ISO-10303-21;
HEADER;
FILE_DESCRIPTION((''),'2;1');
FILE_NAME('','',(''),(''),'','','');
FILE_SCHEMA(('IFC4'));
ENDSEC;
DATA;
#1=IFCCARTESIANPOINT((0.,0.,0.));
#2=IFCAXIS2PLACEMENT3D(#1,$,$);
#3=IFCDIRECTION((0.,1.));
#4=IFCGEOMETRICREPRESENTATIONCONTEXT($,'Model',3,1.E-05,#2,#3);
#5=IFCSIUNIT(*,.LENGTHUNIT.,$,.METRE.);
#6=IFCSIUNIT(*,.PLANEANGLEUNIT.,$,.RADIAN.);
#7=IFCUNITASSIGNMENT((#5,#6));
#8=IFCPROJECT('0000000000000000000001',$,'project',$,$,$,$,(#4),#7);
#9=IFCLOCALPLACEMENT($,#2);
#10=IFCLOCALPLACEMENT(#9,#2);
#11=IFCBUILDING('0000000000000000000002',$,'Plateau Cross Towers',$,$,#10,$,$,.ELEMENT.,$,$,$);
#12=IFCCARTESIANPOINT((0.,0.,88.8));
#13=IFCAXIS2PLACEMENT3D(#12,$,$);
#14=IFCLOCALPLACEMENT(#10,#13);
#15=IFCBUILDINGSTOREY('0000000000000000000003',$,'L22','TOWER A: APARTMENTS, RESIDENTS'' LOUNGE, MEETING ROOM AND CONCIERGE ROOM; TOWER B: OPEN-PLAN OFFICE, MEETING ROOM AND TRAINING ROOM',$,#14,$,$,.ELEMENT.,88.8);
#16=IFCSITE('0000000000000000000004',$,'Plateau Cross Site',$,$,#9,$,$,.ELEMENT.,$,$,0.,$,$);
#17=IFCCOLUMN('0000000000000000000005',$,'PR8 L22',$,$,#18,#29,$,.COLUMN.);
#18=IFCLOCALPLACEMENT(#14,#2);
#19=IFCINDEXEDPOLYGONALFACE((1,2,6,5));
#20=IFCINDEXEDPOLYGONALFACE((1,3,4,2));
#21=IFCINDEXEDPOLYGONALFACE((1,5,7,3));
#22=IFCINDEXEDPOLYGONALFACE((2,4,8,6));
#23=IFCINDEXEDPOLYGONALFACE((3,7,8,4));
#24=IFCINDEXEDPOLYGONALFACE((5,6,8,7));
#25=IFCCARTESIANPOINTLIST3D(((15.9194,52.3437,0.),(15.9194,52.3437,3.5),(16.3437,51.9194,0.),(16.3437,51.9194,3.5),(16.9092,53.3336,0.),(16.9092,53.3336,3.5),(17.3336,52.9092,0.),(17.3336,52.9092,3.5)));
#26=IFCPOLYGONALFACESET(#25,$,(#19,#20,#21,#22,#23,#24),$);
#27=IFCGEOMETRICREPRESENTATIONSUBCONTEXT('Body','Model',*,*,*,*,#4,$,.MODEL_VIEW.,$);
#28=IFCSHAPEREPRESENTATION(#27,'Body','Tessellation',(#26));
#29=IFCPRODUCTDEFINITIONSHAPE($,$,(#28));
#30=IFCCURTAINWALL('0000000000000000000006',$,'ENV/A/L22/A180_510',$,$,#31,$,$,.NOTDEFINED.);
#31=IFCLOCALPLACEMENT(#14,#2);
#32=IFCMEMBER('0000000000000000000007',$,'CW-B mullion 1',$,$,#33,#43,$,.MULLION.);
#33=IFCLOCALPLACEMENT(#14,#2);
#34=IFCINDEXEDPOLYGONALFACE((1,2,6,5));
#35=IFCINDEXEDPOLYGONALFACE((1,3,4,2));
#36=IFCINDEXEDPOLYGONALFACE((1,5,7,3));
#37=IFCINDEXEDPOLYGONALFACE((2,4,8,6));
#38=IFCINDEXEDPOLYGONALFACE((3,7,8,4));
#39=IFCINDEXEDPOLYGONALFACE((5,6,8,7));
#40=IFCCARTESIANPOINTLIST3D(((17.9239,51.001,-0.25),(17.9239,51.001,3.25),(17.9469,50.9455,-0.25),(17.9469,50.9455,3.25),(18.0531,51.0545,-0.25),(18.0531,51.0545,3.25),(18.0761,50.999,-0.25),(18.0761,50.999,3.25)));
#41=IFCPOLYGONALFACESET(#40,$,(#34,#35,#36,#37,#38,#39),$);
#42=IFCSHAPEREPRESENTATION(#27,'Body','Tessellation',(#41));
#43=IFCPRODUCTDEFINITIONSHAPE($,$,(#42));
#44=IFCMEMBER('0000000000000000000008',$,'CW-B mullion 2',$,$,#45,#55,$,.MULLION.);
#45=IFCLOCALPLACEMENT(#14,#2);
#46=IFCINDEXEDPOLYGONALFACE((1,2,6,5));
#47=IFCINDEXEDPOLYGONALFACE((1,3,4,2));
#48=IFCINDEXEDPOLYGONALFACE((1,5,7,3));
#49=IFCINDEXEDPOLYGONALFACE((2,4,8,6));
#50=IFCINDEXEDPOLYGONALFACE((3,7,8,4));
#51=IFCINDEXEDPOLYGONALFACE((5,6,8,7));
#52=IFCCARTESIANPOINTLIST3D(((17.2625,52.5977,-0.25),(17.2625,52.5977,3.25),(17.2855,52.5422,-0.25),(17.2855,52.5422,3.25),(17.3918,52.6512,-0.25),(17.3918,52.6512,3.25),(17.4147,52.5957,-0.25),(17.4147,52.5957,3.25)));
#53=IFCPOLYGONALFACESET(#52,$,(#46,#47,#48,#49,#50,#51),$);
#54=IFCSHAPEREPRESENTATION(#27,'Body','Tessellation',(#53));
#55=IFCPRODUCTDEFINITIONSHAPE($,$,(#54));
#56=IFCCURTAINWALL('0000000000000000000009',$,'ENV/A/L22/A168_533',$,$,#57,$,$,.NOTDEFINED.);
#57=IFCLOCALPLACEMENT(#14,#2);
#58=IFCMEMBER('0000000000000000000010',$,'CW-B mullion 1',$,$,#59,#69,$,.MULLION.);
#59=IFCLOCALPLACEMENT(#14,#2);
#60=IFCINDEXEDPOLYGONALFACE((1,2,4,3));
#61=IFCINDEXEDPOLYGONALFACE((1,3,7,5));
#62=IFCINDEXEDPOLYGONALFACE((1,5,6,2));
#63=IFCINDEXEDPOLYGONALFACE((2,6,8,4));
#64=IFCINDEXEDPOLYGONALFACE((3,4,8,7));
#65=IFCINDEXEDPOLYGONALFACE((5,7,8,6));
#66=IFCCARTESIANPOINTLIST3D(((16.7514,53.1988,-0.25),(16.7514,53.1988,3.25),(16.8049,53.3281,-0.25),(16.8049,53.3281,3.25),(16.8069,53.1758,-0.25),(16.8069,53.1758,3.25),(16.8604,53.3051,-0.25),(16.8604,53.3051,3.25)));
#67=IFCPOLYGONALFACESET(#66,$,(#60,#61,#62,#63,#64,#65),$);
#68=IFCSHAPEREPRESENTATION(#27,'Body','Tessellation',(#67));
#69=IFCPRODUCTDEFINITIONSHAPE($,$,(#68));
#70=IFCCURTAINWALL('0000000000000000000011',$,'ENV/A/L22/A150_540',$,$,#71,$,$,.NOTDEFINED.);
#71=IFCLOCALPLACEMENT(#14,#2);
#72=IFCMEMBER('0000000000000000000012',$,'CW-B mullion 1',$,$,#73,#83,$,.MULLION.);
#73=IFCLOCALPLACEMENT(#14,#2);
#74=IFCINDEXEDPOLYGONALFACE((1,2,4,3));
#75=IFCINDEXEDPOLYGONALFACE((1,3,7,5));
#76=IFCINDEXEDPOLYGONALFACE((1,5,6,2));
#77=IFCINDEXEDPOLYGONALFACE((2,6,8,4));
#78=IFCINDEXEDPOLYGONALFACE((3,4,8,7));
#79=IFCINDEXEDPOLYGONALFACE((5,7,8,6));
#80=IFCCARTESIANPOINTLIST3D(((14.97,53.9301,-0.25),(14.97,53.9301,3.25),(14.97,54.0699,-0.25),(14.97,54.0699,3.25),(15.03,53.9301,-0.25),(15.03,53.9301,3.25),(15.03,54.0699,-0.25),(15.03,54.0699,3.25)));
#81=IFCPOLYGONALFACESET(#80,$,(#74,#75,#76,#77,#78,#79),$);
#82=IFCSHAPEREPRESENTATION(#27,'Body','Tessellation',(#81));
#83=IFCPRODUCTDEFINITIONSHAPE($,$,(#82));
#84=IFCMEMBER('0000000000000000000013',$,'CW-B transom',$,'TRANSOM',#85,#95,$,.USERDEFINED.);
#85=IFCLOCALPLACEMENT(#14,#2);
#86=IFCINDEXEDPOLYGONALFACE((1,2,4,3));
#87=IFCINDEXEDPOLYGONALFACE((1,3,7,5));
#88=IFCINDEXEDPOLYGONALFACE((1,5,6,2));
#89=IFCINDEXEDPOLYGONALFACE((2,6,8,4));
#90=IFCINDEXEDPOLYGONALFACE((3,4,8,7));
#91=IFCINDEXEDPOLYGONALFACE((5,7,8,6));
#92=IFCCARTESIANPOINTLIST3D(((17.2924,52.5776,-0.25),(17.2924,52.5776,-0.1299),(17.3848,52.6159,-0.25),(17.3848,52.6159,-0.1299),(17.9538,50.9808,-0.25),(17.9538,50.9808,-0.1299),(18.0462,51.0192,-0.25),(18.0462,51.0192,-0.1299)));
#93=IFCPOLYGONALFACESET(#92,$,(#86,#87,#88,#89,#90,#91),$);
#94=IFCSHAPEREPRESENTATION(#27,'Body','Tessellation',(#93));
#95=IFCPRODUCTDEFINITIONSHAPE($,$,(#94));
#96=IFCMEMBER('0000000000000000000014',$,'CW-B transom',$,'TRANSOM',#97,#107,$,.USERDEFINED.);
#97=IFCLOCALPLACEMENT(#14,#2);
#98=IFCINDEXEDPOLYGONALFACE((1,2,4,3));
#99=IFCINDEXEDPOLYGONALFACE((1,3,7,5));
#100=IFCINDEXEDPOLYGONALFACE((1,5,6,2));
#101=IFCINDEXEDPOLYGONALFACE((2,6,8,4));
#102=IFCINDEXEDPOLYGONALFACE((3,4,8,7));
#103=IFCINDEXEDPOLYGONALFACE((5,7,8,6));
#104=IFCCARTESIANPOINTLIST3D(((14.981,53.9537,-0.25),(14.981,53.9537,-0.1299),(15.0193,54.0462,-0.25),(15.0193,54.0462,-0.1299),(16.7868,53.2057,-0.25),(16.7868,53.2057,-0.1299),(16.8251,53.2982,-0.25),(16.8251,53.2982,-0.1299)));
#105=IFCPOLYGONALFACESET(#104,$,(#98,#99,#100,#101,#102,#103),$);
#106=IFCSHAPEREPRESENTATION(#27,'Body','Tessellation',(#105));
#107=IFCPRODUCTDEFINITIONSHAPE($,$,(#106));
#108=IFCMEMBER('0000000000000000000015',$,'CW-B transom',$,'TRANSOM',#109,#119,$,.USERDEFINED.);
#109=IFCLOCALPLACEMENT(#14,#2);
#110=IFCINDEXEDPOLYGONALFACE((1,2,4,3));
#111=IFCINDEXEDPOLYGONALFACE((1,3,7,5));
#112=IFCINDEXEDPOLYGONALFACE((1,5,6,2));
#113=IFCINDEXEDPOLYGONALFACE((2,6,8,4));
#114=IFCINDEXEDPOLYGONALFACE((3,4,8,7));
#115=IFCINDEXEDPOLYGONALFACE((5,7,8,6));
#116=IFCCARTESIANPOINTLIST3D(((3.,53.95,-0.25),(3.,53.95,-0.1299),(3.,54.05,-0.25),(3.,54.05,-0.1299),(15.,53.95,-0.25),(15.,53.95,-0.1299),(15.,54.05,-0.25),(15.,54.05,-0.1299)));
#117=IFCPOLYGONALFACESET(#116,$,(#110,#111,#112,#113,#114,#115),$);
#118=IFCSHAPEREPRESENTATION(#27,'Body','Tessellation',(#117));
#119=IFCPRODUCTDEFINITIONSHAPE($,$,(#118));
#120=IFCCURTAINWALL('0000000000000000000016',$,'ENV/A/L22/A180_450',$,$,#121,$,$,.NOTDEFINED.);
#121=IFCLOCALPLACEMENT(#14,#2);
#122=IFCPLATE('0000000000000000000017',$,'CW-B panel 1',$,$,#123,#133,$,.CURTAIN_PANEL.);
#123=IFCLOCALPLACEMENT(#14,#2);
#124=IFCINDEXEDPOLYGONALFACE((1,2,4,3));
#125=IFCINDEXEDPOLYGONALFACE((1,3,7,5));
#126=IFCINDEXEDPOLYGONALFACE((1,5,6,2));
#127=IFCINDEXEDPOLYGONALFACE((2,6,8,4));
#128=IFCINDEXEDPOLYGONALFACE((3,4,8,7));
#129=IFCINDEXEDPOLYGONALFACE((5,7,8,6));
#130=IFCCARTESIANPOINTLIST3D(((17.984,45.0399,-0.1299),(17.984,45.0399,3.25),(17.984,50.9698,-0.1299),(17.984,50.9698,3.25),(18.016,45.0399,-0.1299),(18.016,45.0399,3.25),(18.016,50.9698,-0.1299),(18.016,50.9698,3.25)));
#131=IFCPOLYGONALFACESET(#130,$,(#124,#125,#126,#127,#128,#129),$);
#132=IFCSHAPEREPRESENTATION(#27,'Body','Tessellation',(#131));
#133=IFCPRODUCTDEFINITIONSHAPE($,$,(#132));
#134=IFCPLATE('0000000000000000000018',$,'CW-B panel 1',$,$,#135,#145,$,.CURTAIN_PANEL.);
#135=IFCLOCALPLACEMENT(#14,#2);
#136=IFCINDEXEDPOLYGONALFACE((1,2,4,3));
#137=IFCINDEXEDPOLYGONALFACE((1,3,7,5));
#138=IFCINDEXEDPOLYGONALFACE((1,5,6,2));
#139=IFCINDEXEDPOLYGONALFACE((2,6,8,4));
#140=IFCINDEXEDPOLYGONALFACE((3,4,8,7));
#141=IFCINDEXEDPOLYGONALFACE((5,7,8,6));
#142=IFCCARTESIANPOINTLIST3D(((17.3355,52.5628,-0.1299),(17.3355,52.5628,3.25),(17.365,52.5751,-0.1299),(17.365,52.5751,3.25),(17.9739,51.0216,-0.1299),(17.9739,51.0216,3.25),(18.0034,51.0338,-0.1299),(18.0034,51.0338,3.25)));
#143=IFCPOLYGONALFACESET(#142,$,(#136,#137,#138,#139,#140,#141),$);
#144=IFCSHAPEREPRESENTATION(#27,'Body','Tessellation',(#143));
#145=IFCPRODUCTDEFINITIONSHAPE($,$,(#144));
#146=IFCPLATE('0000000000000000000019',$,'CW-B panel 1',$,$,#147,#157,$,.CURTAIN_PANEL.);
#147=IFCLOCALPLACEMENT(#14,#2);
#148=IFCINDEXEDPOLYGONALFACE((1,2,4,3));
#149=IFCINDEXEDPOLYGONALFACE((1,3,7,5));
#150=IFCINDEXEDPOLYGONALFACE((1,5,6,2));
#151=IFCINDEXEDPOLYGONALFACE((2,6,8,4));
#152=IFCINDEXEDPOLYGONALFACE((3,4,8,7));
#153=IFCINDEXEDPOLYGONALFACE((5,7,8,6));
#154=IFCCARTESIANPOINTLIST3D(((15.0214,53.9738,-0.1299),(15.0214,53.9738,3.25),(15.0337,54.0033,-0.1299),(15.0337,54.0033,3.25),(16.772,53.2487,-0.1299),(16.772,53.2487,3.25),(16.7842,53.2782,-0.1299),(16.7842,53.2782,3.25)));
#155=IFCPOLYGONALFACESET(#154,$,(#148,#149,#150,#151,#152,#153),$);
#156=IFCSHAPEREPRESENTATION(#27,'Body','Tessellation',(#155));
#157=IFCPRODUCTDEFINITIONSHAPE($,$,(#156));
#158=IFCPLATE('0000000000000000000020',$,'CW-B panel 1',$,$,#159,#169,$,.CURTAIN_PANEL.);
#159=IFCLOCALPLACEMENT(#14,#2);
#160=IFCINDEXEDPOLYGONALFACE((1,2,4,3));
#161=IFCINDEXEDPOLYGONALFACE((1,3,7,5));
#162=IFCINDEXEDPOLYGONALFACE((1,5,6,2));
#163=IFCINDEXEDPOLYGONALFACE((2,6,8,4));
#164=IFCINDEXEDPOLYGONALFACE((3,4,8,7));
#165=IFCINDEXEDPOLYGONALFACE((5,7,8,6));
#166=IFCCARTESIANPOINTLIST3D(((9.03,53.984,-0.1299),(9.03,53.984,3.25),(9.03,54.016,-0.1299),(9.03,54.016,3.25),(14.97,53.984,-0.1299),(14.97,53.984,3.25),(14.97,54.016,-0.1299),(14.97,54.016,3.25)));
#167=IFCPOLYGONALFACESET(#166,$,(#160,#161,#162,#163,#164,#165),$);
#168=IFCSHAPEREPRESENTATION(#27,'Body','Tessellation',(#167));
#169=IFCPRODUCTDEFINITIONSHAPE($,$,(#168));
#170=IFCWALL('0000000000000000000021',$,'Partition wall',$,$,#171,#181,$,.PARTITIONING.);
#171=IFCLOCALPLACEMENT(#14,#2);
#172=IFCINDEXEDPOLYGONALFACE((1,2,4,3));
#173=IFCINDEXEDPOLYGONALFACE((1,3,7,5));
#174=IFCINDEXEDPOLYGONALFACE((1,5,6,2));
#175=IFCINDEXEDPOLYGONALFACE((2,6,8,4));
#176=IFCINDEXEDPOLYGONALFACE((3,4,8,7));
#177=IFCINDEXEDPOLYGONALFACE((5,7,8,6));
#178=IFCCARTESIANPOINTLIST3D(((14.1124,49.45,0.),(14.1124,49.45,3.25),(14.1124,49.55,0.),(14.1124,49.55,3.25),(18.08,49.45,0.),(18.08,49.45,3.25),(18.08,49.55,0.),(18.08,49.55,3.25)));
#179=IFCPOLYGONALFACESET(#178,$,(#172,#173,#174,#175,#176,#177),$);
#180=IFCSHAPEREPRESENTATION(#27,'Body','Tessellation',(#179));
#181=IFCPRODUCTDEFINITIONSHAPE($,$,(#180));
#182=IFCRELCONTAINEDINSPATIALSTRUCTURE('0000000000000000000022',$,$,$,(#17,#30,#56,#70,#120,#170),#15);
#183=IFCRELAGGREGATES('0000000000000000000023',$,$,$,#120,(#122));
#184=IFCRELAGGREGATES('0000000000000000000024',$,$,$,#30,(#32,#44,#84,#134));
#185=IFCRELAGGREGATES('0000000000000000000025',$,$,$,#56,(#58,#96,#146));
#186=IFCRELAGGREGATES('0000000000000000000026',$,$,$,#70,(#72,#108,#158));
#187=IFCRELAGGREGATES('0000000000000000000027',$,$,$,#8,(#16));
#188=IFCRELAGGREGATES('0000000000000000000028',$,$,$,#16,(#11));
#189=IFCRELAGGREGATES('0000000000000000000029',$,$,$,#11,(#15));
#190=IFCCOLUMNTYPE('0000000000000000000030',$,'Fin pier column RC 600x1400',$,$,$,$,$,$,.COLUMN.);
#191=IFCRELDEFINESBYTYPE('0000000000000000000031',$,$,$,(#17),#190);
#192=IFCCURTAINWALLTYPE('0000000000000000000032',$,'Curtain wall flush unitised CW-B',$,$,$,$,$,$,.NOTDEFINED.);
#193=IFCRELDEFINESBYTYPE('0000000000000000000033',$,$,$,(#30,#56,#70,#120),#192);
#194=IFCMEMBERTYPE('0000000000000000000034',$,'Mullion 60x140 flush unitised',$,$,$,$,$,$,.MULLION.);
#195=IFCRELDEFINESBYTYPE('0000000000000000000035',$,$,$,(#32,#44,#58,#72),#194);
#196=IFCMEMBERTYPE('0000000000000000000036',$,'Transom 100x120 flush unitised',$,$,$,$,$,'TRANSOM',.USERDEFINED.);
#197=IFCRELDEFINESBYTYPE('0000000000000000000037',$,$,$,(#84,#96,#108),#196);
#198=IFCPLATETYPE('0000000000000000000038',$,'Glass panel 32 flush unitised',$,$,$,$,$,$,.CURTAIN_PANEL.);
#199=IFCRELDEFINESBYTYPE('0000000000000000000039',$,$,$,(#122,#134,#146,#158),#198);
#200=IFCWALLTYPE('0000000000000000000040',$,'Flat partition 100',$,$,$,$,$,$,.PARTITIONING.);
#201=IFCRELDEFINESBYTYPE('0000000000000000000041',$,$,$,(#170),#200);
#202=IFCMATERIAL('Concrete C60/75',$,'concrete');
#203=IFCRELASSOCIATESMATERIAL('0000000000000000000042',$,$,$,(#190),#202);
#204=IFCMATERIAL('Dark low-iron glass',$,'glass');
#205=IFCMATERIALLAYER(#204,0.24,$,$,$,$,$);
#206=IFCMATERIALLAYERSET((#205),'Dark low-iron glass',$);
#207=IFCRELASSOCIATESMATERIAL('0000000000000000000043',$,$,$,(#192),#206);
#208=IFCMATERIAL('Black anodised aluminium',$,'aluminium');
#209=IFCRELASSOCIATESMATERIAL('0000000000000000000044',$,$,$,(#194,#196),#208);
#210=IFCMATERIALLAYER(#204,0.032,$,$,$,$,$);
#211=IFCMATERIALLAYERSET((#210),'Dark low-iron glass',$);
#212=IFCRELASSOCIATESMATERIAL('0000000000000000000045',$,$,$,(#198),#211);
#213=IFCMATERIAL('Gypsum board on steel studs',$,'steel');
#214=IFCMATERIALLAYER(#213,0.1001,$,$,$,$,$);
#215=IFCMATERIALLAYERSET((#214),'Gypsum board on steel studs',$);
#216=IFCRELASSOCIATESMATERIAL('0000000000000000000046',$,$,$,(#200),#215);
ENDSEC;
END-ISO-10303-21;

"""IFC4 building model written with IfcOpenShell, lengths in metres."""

from ifc_helpers import new_model, si_unit, direction, frame, frame_2d, origin, origin_2d, place, context, subcontext, project, spatial, rectangle, extrude, material, layer, layer_set, material_profile, profile_set, type_object, element, aggregate, save


model = new_model("IFC4")

# Units and contexts
model_context = context("Model", 3, precision=1e-05, world=origin(), true_north=direction((0.0, 1.0)))
body_context = subcontext(model_context, "Body", "Model", "MODEL_VIEW")
ifc_project = project(units=[si_unit("LENGTHUNIT", "METRE"), si_unit("PLANEANGLEUNIT", "RADIAN")], contexts=[model_context])

# Site, building, storey
site_placement = place(None, origin())
site = spatial("IfcSite", under=ifc_project, at=site_placement, Name="Plateau Cross Site", CompositionType="ELEMENT", RefElevation=0.0)
building_placement = place(site_placement, origin())
building = spatial("IfcBuilding", under=site, at=building_placement, Name="Plateau Cross Towers", CompositionType="ELEMENT")
storey_placement = place(building_placement, frame((0.0, 0.0, 88.8)))
storey = spatial("IfcBuildingStorey", under=building, at=storey_placement, Name="L22", Description="TOWER A: APARTMENTS, RESIDENTS' LOUNGE, MEETING ROOM AND CONCIERGE ROOM; TOWER B: OPEN-PLAN OFFICE, MEETING ROOM AND TRAINING ROOM", CompositionType="ELEMENT", Elevation=88.8)

# Column
ifc_material_1 = material(Name="Concrete C60/75", Category="concrete")
ifc_material_profile_1 = material_profile(ifc_material_1, rectangle(XDim=0.6001, YDim=1.3999, at=origin_2d()), Name="RC 600x1400")
ifc_profile_set_1 = profile_set([ifc_material_profile_1], Name="Concrete C60/75")
column_type = type_object("IfcColumnType", Name="Fin pier column RC 600x1400", PredefinedType="COLUMN", material=ifc_profile_set_1)
column_placement = place(storey_placement, frame((16.6265, 52.6265, 0.0), z_axis=(0.0, 0.0, 1.0), x_axis=(-0.707107, 0.707107, 0.0)))
element("IfcColumn", 1, at=column_placement, inside=storey, type_object=column_type, Name="PR8 L22", PredefinedType="COLUMN", context=body_context, shape_type="SweptSolid", body=[
    extrude(rectangle(XDim=0.6001, YDim=1.3999, at=origin_2d()), origin(), (0.0, 0.0, 1.0), 3.5),
])

# Curtain wall, members
ifc_material_2 = material(Name="Dark low-iron glass", Category="glass")
ifc_layer_1 = layer(ifc_material_2, 0.24)
ifc_layer_set_1 = layer_set([ifc_layer_1], Name="Dark low-iron glass")
curtain_wall_type = type_object("IfcCurtainWallType", Name="Curtain wall flush unitised CW-B", PredefinedType="NOTDEFINED", material=ifc_layer_set_1)
curtain_wall_1_placement = place(storey_placement, origin())
curtain_wall_1 = element("IfcCurtainWall", 2, at=curtain_wall_1_placement, inside=storey, type_object=curtain_wall_type, Name="ENV/A/L22/A180_510", PredefinedType="NOTDEFINED")
ifc_material_3 = material(Name="Black anodised aluminium", Category="aluminium")
ifc_material_profile_2 = material_profile(ifc_material_3, rectangle(XDim=0.0601, YDim=0.1399, at=origin_2d()), Name="MULLION 60x140")
ifc_profile_set_2 = profile_set([ifc_material_profile_2], Name="Black anodised aluminium")
member_type_1 = type_object("IfcMemberType", Name="Mullion 60x140 flush unitised", PredefinedType="MULLION", material=ifc_profile_set_2)
member_1_placement = place(storey_placement, frame((18.0, 51.0, -0.25), z_axis=(0.0, 0.0, 1.0), x_axis=(-0.382684, 0.923879, 0.0)))
member_1 = element("IfcMember", 3, at=member_1_placement, type_object=member_type_1, Name="CW-B mullion 1", PredefinedType="MULLION", context=body_context, shape_type="SweptSolid", body=[
    extrude(rectangle(XDim=0.0601, YDim=0.1399, at=origin_2d()), origin(), (0.0, 0.0, 1.0), 3.5),
])
member_2_placement = place(storey_placement, frame((17.3386, 52.5967, -0.25), z_axis=(0.0, 0.0, 1.0), x_axis=(-0.382684, 0.923879, 0.0)))
member_2 = element("IfcMember", 4, at=member_2_placement, type_object=member_type_1, Name="CW-B mullion 2", PredefinedType="MULLION", context=body_context, shape_type="SweptSolid", body=[
    extrude(rectangle(XDim=0.0601, YDim=0.1399, at=origin_2d()), origin(), (0.0, 0.0, 1.0), 3.5),
])

# Curtain walls, members
curtain_wall_2_placement = place(storey_placement, origin())
curtain_wall_2 = element("IfcCurtainWall", 5, at=curtain_wall_2_placement, inside=storey, type_object=curtain_wall_type, Name="ENV/A/L22/A168_533", PredefinedType="NOTDEFINED")
member_3_placement = place(storey_placement, frame((16.8059, 53.252, -0.25), z_axis=(0.0, 0.0, 1.0), x_axis=(-0.923879, 0.382684, 0.0)))
member_3 = element("IfcMember", 6, at=member_3_placement, type_object=member_type_1, Name="CW-B mullion 1", PredefinedType="MULLION", context=body_context, shape_type="SweptSolid", body=[
    extrude(rectangle(XDim=0.0601, YDim=0.1399, at=origin_2d()), origin(), (0.0, 0.0, 1.0), 3.5),
])
curtain_wall_3_placement = place(storey_placement, origin())
curtain_wall_3 = element("IfcCurtainWall", 7, at=curtain_wall_3_placement, inside=storey, type_object=curtain_wall_type, Name="ENV/A/L22/A150_540", PredefinedType="NOTDEFINED")
member_4_placement = place(storey_placement, frame((15.0, 54.0, -0.25), z_axis=(0.0, 0.0, 1.0), x_axis=(-1.0, 0.0, 0.0)))
member_4 = element("IfcMember", 8, at=member_4_placement, type_object=member_type_1, Name="CW-B mullion 1", PredefinedType="MULLION", context=body_context, shape_type="SweptSolid", body=[
    extrude(rectangle(XDim=0.0601, YDim=0.1399, at=origin_2d()), origin(), (0.0, 0.0, 1.0), 3.5),
])

# Members
ifc_material_profile_3 = material_profile(ifc_material_3, rectangle(XDim=0.1001, YDim=0.1201, at=origin_2d()), Name="TRANSOM 100x120")
ifc_profile_set_3 = profile_set([ifc_material_profile_3], Name="Black anodised aluminium")
member_type_2 = type_object("IfcMemberType", Name="Transom 100x120 flush unitised", ElementType="TRANSOM", PredefinedType="USERDEFINED", material=ifc_profile_set_3)
member_5_placement = place(storey_placement, frame((18.0, 51.0, -0.1899), z_axis=(-0.382689, 0.923877, 0.0), x_axis=(-0.923877, -0.382689, 0.0)))
member_5 = element("IfcMember", 9, at=member_5_placement, type_object=member_type_2, Name="CW-B transom", ObjectType="TRANSOM", PredefinedType="USERDEFINED", context=body_context, shape_type="SweptSolid", body=[
    extrude(rectangle(XDim=0.1001, YDim=0.1201, at=origin_2d()), origin(), (0.0, 0.0, 1.0), 1.7283),
])
member_6_placement = place(storey_placement, frame((16.8059, 53.252, -0.1899), z_axis=(-0.923877, 0.38269, 0.0), x_axis=(-0.38269, -0.923877, 0.0)))
member_6 = element("IfcMember", 10, at=member_6_placement, type_object=member_type_2, Name="CW-B transom", ObjectType="TRANSOM", PredefinedType="USERDEFINED", context=body_context, shape_type="SweptSolid", body=[
    extrude(rectangle(XDim=0.1001, YDim=0.1201, at=origin_2d()), origin(), (0.0, 0.0, 1.0), 1.9546),
])
member_7_placement = place(storey_placement, frame((15.0, 54.0, -0.1899), z_axis=(-1.0, 0.0, 0.0), x_axis=(0.0, -1.0, 0.0)))
member_7 = element("IfcMember", 11, at=member_7_placement, type_object=member_type_2, Name="CW-B transom", ObjectType="TRANSOM", PredefinedType="USERDEFINED", context=body_context, shape_type="SweptSolid", body=[
    extrude(rectangle(XDim=0.1001, YDim=0.1201, at=origin_2d()), origin(), (0.0, 0.0, 1.0), 12.0),
])

# Curtain wall, plate
curtain_wall_4_placement = place(storey_placement, origin())
curtain_wall_4 = element("IfcCurtainWall", 12, at=curtain_wall_4_placement, inside=storey, type_object=curtain_wall_type, Name="ENV/A/L22/A180_450", PredefinedType="NOTDEFINED")
ifc_layer_2 = layer(ifc_material_2, 0.032)
ifc_layer_set_2 = layer_set([ifc_layer_2], Name="Dark low-iron glass")
plate_type = type_object("IfcPlateType", Name="Glass panel 32 flush unitised", PredefinedType="CURTAIN_PANEL", material=ifc_layer_set_2)
plate_1_placement = place(storey_placement, frame((18.0, 48.0049, -0.1299), z_axis=(0.0, 0.0, 1.0), x_axis=(0.0, 1.0, 0.0)))
plate_1 = element("IfcPlate", 13, at=plate_1_placement, type_object=plate_type, Name="CW-B panel 1", PredefinedType="CURTAIN_PANEL", context=body_context, shape_type="SweptSolid", body=[
    extrude(rectangle(XDim=5.9299, YDim=0.032, at=origin_2d()), origin(), (0.0, 0.0, 1.0), 3.3799),
])
aggregate(curtain_wall_4, [plate_1])

# Plates
plate_2_placement = place(storey_placement, frame((17.6694, 51.7983, -0.1299), z_axis=(0.0, 0.0, 1.0), x_axis=(-0.382684, 0.923879, 0.0)))
plate_2 = element("IfcPlate", 14, at=plate_2_placement, type_object=plate_type, Name="CW-B panel 1", PredefinedType="CURTAIN_PANEL", context=body_context, shape_type="SweptSolid", body=[
    extrude(rectangle(XDim=1.6682, YDim=0.032, at=origin_2d()), origin(), (0.0, 0.0, 1.0), 3.3799),
])
aggregate(curtain_wall_1, [member_1, member_2, member_5, plate_2])
plate_3_placement = place(storey_placement, frame((15.9028, 53.626, -0.1299), z_axis=(0.0, 0.0, 1.0), x_axis=(-0.923879, 0.382684, 0.0)))
plate_3 = element("IfcPlate", 15, at=plate_3_placement, type_object=plate_type, Name="CW-B panel 1", PredefinedType="CURTAIN_PANEL", context=body_context, shape_type="SweptSolid", body=[
    extrude(rectangle(XDim=1.8948, YDim=0.032, at=origin_2d()), origin(), (0.0, 0.0, 1.0), 3.3799),
])
aggregate(curtain_wall_2, [member_3, member_6, plate_3])
plate_4_placement = place(storey_placement, frame((12.0, 54.0, -0.1299), z_axis=(0.0, 0.0, 1.0), x_axis=(-1.0, 0.0, 0.0)))
plate_4 = element("IfcPlate", 16, at=plate_4_placement, type_object=plate_type, Name="CW-B panel 1", PredefinedType="CURTAIN_PANEL", context=body_context, shape_type="SweptSolid", body=[
    extrude(rectangle(XDim=5.9399, YDim=0.032, at=origin_2d()), origin(), (0.0, 0.0, 1.0), 3.3799),
])
aggregate(curtain_wall_3, [member_4, member_7, plate_4])

# Wall
ifc_material_4 = material(Name="Gypsum board on steel studs", Category="steel")
ifc_layer_3 = layer(ifc_material_4, 0.1001)
ifc_layer_set_3 = layer_set([ifc_layer_3], Name="Gypsum board on steel studs")
wall_type = type_object("IfcWallType", Name="Flat partition 100", PredefinedType="PARTITIONING", material=ifc_layer_set_3)
wall_1_placement = place(storey_placement, frame((18.0801, 49.5, 0.0), z_axis=(0.0, 0.0, 1.0), x_axis=(-1.0, 0.0, 0.0)))
element("IfcWall", 17, at=wall_1_placement, inside=storey, type_object=wall_type, Name="Partition wall", PredefinedType="PARTITIONING", context=body_context, shape_type="SweptSolid", body=[
    extrude(rectangle(XDim=3.9675, YDim=0.1001, at=frame_2d((1.9839, 0.0))), origin(), (0.0, 0.0, 1.0), 3.25),
])

save(model, "model.ifc")
